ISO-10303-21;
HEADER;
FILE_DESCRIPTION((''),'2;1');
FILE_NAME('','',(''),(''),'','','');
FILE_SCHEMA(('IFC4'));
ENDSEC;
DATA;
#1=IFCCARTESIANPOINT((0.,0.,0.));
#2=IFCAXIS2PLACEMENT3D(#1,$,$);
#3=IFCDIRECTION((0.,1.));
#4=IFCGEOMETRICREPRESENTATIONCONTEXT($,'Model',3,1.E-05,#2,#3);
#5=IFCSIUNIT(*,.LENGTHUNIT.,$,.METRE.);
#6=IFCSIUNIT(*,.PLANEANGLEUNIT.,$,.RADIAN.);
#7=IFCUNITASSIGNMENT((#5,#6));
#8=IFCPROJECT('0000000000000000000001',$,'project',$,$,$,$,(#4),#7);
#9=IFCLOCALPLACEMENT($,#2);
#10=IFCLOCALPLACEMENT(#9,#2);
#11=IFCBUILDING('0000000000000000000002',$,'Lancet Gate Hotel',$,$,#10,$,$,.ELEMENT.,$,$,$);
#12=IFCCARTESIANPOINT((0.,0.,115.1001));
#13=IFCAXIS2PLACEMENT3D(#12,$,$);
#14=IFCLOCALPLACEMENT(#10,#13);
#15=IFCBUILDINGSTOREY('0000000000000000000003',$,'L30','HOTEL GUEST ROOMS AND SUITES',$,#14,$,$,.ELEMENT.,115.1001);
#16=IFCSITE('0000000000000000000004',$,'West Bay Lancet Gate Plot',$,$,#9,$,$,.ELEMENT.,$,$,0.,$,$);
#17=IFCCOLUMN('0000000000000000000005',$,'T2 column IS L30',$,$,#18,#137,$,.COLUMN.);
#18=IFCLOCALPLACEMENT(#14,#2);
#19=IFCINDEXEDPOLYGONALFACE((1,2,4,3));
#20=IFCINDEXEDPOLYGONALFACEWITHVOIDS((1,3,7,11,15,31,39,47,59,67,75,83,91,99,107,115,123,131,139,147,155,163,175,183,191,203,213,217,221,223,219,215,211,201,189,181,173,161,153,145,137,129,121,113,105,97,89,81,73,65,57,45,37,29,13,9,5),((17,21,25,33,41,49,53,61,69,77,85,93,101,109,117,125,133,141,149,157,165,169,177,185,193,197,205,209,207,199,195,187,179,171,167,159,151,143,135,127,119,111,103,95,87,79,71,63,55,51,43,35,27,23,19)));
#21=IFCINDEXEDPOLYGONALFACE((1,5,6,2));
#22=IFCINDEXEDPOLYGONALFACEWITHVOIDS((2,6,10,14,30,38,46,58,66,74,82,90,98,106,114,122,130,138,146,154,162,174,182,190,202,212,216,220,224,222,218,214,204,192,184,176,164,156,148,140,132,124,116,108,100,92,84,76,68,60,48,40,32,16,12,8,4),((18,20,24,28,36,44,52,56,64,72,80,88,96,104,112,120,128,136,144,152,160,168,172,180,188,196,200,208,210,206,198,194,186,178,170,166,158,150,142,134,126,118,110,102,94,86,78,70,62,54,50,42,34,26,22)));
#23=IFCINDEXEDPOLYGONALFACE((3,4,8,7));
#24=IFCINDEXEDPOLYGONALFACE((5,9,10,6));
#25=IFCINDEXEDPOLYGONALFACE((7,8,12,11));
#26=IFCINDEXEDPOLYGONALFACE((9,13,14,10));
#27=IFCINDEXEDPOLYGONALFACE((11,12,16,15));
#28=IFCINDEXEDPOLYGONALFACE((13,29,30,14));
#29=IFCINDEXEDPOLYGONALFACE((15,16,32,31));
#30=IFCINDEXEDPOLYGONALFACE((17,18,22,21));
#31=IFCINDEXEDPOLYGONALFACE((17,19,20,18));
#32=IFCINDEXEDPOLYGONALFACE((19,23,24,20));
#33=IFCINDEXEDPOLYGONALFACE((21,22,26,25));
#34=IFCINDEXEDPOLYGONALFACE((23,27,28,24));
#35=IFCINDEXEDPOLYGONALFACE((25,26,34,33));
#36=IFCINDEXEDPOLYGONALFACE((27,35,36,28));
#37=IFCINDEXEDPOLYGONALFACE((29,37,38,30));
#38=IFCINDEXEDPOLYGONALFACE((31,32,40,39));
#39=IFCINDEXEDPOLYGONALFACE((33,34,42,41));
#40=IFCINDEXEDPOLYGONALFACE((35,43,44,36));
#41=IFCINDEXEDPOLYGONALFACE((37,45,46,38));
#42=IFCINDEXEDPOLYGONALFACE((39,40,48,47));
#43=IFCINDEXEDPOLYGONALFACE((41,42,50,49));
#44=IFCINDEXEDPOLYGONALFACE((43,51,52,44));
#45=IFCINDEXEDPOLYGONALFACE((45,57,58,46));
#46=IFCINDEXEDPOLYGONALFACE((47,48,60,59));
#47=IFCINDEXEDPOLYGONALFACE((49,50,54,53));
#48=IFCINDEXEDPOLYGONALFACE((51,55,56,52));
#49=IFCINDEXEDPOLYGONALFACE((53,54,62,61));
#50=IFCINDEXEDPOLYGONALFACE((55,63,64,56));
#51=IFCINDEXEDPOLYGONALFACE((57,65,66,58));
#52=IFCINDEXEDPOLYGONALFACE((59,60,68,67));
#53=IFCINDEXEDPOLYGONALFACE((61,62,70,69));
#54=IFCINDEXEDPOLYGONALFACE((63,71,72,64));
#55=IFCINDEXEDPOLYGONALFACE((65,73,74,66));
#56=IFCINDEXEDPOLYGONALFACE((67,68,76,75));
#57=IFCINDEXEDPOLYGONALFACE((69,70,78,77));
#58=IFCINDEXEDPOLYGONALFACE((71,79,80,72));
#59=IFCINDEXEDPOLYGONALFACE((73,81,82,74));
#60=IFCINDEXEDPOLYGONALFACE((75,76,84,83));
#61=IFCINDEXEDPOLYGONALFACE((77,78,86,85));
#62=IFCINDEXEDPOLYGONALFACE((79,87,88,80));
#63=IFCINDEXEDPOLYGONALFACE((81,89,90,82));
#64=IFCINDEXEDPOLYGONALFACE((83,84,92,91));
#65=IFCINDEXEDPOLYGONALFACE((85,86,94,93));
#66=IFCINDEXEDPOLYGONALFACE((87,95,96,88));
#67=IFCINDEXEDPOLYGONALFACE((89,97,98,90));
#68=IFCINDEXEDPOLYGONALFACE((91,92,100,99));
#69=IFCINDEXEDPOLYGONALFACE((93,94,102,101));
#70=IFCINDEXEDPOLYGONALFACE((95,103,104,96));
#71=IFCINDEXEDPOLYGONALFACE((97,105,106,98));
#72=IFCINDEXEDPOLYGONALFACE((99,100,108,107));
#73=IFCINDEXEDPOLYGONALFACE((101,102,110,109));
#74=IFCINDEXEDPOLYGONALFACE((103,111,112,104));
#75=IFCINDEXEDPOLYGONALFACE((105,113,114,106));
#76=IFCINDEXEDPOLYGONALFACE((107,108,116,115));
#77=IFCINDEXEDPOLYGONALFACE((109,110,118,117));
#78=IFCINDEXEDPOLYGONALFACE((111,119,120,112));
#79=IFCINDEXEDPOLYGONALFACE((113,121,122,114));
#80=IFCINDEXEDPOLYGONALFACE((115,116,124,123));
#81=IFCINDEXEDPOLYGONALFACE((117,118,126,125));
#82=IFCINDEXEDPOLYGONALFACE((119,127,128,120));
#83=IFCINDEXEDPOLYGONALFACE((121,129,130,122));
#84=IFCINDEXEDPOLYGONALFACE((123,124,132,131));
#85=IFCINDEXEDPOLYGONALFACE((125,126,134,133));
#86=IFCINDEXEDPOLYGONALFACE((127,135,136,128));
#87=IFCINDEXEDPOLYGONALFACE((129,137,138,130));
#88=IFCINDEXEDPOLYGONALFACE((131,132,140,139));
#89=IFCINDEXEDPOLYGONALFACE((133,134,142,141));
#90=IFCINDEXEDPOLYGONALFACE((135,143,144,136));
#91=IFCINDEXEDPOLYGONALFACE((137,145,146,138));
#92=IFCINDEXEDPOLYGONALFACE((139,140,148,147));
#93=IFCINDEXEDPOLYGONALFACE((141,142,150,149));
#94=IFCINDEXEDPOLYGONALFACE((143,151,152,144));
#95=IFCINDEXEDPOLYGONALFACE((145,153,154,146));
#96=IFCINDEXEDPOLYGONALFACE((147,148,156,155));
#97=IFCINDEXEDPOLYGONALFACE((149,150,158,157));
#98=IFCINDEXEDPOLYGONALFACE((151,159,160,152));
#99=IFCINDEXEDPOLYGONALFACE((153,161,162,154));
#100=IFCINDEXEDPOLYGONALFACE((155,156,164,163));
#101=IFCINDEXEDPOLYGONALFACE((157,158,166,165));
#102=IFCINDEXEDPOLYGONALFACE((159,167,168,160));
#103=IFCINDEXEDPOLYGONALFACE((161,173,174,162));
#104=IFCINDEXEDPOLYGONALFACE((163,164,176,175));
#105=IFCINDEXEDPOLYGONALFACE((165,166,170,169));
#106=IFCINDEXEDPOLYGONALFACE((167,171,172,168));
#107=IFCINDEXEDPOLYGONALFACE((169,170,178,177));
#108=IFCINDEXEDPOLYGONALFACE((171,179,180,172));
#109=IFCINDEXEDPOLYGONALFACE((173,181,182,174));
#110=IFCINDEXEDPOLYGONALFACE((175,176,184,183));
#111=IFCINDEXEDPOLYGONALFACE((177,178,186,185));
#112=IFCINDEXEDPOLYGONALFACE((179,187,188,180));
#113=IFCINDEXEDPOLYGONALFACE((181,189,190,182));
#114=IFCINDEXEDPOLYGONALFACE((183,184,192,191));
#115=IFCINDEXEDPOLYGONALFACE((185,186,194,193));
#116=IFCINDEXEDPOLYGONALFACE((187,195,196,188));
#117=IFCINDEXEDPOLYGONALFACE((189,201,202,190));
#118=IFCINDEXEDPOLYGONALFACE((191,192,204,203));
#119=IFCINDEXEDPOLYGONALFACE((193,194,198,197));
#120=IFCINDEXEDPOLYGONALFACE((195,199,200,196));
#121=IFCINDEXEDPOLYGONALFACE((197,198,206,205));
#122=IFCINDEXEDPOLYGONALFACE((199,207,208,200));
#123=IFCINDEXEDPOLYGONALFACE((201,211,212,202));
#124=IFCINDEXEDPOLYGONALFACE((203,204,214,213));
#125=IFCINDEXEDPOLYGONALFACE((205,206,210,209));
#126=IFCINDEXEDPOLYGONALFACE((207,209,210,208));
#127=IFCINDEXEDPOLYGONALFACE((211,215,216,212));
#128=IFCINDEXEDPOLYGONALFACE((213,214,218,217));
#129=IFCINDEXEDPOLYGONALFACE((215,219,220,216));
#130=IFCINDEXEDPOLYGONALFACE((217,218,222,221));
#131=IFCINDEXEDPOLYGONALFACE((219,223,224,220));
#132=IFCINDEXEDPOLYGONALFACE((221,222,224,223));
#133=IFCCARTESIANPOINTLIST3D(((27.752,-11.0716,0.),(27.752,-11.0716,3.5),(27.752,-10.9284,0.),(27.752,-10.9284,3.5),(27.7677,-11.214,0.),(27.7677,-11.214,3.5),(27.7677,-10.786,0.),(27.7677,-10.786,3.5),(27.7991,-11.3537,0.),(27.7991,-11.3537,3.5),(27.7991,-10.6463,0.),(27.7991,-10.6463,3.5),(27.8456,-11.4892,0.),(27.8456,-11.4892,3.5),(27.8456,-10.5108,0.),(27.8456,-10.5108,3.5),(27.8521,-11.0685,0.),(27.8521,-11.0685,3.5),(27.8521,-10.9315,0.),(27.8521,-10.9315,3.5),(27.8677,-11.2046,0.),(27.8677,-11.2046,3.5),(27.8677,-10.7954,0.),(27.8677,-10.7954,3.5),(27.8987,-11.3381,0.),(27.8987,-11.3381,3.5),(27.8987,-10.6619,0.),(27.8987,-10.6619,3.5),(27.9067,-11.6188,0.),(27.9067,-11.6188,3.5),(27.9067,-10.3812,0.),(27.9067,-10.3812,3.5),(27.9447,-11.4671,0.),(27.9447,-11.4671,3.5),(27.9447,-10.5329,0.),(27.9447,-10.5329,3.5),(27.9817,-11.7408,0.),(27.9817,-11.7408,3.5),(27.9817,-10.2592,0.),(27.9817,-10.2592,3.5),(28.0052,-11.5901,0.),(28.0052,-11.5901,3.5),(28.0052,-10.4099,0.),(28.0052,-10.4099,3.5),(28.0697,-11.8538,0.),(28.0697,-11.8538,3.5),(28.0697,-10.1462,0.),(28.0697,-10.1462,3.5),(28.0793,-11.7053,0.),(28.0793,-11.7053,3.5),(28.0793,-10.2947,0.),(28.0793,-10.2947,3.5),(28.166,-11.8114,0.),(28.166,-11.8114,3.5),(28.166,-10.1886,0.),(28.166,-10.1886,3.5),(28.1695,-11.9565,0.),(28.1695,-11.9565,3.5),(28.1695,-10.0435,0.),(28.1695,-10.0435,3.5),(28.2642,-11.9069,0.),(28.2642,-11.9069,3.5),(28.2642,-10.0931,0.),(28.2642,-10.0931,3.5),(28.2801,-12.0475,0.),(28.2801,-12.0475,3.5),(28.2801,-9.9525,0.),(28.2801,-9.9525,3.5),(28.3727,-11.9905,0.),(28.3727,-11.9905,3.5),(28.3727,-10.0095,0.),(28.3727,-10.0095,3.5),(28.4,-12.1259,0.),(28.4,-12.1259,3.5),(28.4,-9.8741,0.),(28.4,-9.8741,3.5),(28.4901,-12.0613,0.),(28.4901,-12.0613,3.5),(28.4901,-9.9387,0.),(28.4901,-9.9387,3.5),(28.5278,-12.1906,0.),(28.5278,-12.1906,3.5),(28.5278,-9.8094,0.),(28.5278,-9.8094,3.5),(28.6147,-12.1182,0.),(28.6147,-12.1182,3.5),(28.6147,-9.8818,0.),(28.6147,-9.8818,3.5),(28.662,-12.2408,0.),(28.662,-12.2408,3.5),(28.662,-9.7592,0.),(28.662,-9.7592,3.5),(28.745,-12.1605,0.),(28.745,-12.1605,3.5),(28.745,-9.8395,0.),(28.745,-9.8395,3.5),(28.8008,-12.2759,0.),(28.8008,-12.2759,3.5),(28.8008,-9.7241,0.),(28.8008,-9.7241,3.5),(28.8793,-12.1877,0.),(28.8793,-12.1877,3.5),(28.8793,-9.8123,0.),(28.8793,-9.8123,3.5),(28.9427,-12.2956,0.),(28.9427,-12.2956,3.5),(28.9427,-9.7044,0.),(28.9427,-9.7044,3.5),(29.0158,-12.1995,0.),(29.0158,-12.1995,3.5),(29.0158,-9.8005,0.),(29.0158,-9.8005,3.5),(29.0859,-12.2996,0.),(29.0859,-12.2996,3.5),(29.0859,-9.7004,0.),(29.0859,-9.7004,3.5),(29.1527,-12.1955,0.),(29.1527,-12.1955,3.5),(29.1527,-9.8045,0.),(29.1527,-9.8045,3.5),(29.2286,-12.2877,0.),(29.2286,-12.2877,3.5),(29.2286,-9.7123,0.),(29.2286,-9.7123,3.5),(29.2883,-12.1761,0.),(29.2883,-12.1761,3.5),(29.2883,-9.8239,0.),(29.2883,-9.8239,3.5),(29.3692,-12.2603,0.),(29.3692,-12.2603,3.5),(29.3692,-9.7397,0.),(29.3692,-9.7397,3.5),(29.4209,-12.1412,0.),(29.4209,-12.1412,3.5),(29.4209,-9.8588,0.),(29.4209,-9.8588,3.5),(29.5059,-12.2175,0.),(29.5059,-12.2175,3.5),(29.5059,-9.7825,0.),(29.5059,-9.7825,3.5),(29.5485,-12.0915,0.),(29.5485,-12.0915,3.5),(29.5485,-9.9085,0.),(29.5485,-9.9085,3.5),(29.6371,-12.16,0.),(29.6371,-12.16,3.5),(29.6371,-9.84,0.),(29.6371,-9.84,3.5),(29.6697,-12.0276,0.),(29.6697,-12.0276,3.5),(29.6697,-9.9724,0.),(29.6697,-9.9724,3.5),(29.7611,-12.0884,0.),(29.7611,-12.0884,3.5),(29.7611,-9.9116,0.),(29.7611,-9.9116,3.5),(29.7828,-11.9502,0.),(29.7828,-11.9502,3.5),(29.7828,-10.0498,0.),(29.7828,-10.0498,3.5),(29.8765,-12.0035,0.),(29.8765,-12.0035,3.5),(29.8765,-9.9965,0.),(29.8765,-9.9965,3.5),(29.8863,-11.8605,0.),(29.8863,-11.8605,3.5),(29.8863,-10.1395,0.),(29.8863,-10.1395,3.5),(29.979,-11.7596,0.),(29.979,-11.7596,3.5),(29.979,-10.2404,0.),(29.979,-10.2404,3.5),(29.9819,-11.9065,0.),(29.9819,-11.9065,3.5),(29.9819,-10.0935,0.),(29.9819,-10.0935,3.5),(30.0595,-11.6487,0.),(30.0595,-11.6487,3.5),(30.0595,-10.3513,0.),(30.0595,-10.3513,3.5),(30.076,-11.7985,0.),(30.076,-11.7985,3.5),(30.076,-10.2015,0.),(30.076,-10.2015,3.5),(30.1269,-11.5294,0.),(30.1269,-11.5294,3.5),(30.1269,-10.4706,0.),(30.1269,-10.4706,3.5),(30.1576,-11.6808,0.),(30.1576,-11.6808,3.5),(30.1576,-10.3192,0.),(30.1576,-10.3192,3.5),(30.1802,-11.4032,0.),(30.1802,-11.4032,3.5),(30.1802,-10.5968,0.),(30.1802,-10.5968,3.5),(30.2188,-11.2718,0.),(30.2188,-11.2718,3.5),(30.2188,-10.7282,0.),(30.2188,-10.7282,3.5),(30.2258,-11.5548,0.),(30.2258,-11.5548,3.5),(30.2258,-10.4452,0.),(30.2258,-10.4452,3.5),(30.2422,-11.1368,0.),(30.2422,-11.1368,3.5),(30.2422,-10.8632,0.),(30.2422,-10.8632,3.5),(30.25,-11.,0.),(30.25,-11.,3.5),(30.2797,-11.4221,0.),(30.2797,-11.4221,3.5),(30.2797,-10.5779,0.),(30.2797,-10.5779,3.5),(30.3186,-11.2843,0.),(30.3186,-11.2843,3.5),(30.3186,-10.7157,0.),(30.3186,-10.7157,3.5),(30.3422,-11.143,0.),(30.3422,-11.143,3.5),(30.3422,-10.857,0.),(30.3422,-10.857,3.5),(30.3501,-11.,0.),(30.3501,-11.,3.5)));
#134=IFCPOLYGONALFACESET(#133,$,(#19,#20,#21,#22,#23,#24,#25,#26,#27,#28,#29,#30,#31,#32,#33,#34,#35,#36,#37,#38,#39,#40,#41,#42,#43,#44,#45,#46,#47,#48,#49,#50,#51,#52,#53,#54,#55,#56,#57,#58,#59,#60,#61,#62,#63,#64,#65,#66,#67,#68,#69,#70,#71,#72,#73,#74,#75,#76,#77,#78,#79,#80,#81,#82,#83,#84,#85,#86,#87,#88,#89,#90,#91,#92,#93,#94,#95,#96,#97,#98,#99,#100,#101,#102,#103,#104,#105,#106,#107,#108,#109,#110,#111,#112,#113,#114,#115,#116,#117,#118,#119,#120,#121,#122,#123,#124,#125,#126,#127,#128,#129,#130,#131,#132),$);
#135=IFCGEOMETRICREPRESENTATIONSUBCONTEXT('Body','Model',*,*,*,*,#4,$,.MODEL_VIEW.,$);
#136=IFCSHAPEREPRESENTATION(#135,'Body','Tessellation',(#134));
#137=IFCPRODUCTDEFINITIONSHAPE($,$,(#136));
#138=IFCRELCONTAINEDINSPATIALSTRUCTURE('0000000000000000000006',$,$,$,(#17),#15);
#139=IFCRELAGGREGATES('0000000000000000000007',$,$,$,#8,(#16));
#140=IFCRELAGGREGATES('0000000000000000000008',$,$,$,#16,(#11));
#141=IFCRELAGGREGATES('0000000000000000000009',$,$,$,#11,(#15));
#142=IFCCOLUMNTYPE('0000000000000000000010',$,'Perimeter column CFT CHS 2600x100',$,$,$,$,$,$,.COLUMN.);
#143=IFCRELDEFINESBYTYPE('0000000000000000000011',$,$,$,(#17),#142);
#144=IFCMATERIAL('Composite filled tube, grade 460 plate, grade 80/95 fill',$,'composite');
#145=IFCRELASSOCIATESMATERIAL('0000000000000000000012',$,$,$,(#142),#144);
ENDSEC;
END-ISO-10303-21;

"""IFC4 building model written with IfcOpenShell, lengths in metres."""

from ifc_helpers import new_model, si_unit, direction, frame, origin, origin_2d, place, context, subcontext, project, spatial, hollow_circle, extrude, material, material_profile, profile_set, type_object, element, save


model = new_model("IFC4")

# Units and contexts
model_context = context("Model", 3, precision=1e-05, world=origin(), true_north=direction((0.0, 1.0)))
body_context = subcontext(model_context, "Body", "Model", "MODEL_VIEW")
ifc_project = project(units=[si_unit("LENGTHUNIT", "METRE"), si_unit("PLANEANGLEUNIT", "RADIAN")], contexts=[model_context])

# Site, building, storey
site_placement = place(None, origin())
site = spatial("IfcSite", under=ifc_project, at=site_placement, Name="West Bay Lancet Gate Plot", CompositionType="ELEMENT", RefElevation=0.0)
building_placement = place(site_placement, origin())
building = spatial("IfcBuilding", under=site, at=building_placement, Name="Lancet Gate Hotel", CompositionType="ELEMENT")
storey_placement = place(building_placement, frame((0.0, 0.0, 115.1001)))
storey = spatial("IfcBuildingStorey", under=building, at=storey_placement, Name="L30", Description="HOTEL GUEST ROOMS AND SUITES", CompositionType="ELEMENT", Elevation=115.1001)

# Column
ifc_material_1 = material(Name="Composite filled tube, grade 460 plate, grade 80/95 fill", Category="composite")
ifc_material_profile_1 = material_profile(ifc_material_1, hollow_circle(Radius=1.3, WallThickness=0.1001, at=origin_2d()), Name="CHS 2600x100")
ifc_profile_set_1 = profile_set([ifc_material_profile_1], Name="Composite filled tube, grade 460 plate, grade 80/95 fill")
column_type = type_object("IfcColumnType", Name="Perimeter column CFT CHS 2600x100", PredefinedType="COLUMN", material=ifc_profile_set_1)
for number, where, z_axis, x_axis, name in (
    (1, (29.05, -11.0, 0.0), (0.0, 0.0, 1.0), (1.0, 0.0, 0.0), "T2 column IS L30"),
):
    element("IfcColumn", number, at=place(storey_placement, frame(where, z_axis=z_axis, x_axis=x_axis)), inside=storey, type_object=column_type, Name=name, PredefinedType="COLUMN", context=body_context, shape_type="SweptSolid", body=[
        extrude(hollow_circle(Radius=1.3, WallThickness=0.1001, at=origin_2d()), origin(), (0.0, 0.0, 1.0), 3.5),
    ])

save(model, "model.ifc")
